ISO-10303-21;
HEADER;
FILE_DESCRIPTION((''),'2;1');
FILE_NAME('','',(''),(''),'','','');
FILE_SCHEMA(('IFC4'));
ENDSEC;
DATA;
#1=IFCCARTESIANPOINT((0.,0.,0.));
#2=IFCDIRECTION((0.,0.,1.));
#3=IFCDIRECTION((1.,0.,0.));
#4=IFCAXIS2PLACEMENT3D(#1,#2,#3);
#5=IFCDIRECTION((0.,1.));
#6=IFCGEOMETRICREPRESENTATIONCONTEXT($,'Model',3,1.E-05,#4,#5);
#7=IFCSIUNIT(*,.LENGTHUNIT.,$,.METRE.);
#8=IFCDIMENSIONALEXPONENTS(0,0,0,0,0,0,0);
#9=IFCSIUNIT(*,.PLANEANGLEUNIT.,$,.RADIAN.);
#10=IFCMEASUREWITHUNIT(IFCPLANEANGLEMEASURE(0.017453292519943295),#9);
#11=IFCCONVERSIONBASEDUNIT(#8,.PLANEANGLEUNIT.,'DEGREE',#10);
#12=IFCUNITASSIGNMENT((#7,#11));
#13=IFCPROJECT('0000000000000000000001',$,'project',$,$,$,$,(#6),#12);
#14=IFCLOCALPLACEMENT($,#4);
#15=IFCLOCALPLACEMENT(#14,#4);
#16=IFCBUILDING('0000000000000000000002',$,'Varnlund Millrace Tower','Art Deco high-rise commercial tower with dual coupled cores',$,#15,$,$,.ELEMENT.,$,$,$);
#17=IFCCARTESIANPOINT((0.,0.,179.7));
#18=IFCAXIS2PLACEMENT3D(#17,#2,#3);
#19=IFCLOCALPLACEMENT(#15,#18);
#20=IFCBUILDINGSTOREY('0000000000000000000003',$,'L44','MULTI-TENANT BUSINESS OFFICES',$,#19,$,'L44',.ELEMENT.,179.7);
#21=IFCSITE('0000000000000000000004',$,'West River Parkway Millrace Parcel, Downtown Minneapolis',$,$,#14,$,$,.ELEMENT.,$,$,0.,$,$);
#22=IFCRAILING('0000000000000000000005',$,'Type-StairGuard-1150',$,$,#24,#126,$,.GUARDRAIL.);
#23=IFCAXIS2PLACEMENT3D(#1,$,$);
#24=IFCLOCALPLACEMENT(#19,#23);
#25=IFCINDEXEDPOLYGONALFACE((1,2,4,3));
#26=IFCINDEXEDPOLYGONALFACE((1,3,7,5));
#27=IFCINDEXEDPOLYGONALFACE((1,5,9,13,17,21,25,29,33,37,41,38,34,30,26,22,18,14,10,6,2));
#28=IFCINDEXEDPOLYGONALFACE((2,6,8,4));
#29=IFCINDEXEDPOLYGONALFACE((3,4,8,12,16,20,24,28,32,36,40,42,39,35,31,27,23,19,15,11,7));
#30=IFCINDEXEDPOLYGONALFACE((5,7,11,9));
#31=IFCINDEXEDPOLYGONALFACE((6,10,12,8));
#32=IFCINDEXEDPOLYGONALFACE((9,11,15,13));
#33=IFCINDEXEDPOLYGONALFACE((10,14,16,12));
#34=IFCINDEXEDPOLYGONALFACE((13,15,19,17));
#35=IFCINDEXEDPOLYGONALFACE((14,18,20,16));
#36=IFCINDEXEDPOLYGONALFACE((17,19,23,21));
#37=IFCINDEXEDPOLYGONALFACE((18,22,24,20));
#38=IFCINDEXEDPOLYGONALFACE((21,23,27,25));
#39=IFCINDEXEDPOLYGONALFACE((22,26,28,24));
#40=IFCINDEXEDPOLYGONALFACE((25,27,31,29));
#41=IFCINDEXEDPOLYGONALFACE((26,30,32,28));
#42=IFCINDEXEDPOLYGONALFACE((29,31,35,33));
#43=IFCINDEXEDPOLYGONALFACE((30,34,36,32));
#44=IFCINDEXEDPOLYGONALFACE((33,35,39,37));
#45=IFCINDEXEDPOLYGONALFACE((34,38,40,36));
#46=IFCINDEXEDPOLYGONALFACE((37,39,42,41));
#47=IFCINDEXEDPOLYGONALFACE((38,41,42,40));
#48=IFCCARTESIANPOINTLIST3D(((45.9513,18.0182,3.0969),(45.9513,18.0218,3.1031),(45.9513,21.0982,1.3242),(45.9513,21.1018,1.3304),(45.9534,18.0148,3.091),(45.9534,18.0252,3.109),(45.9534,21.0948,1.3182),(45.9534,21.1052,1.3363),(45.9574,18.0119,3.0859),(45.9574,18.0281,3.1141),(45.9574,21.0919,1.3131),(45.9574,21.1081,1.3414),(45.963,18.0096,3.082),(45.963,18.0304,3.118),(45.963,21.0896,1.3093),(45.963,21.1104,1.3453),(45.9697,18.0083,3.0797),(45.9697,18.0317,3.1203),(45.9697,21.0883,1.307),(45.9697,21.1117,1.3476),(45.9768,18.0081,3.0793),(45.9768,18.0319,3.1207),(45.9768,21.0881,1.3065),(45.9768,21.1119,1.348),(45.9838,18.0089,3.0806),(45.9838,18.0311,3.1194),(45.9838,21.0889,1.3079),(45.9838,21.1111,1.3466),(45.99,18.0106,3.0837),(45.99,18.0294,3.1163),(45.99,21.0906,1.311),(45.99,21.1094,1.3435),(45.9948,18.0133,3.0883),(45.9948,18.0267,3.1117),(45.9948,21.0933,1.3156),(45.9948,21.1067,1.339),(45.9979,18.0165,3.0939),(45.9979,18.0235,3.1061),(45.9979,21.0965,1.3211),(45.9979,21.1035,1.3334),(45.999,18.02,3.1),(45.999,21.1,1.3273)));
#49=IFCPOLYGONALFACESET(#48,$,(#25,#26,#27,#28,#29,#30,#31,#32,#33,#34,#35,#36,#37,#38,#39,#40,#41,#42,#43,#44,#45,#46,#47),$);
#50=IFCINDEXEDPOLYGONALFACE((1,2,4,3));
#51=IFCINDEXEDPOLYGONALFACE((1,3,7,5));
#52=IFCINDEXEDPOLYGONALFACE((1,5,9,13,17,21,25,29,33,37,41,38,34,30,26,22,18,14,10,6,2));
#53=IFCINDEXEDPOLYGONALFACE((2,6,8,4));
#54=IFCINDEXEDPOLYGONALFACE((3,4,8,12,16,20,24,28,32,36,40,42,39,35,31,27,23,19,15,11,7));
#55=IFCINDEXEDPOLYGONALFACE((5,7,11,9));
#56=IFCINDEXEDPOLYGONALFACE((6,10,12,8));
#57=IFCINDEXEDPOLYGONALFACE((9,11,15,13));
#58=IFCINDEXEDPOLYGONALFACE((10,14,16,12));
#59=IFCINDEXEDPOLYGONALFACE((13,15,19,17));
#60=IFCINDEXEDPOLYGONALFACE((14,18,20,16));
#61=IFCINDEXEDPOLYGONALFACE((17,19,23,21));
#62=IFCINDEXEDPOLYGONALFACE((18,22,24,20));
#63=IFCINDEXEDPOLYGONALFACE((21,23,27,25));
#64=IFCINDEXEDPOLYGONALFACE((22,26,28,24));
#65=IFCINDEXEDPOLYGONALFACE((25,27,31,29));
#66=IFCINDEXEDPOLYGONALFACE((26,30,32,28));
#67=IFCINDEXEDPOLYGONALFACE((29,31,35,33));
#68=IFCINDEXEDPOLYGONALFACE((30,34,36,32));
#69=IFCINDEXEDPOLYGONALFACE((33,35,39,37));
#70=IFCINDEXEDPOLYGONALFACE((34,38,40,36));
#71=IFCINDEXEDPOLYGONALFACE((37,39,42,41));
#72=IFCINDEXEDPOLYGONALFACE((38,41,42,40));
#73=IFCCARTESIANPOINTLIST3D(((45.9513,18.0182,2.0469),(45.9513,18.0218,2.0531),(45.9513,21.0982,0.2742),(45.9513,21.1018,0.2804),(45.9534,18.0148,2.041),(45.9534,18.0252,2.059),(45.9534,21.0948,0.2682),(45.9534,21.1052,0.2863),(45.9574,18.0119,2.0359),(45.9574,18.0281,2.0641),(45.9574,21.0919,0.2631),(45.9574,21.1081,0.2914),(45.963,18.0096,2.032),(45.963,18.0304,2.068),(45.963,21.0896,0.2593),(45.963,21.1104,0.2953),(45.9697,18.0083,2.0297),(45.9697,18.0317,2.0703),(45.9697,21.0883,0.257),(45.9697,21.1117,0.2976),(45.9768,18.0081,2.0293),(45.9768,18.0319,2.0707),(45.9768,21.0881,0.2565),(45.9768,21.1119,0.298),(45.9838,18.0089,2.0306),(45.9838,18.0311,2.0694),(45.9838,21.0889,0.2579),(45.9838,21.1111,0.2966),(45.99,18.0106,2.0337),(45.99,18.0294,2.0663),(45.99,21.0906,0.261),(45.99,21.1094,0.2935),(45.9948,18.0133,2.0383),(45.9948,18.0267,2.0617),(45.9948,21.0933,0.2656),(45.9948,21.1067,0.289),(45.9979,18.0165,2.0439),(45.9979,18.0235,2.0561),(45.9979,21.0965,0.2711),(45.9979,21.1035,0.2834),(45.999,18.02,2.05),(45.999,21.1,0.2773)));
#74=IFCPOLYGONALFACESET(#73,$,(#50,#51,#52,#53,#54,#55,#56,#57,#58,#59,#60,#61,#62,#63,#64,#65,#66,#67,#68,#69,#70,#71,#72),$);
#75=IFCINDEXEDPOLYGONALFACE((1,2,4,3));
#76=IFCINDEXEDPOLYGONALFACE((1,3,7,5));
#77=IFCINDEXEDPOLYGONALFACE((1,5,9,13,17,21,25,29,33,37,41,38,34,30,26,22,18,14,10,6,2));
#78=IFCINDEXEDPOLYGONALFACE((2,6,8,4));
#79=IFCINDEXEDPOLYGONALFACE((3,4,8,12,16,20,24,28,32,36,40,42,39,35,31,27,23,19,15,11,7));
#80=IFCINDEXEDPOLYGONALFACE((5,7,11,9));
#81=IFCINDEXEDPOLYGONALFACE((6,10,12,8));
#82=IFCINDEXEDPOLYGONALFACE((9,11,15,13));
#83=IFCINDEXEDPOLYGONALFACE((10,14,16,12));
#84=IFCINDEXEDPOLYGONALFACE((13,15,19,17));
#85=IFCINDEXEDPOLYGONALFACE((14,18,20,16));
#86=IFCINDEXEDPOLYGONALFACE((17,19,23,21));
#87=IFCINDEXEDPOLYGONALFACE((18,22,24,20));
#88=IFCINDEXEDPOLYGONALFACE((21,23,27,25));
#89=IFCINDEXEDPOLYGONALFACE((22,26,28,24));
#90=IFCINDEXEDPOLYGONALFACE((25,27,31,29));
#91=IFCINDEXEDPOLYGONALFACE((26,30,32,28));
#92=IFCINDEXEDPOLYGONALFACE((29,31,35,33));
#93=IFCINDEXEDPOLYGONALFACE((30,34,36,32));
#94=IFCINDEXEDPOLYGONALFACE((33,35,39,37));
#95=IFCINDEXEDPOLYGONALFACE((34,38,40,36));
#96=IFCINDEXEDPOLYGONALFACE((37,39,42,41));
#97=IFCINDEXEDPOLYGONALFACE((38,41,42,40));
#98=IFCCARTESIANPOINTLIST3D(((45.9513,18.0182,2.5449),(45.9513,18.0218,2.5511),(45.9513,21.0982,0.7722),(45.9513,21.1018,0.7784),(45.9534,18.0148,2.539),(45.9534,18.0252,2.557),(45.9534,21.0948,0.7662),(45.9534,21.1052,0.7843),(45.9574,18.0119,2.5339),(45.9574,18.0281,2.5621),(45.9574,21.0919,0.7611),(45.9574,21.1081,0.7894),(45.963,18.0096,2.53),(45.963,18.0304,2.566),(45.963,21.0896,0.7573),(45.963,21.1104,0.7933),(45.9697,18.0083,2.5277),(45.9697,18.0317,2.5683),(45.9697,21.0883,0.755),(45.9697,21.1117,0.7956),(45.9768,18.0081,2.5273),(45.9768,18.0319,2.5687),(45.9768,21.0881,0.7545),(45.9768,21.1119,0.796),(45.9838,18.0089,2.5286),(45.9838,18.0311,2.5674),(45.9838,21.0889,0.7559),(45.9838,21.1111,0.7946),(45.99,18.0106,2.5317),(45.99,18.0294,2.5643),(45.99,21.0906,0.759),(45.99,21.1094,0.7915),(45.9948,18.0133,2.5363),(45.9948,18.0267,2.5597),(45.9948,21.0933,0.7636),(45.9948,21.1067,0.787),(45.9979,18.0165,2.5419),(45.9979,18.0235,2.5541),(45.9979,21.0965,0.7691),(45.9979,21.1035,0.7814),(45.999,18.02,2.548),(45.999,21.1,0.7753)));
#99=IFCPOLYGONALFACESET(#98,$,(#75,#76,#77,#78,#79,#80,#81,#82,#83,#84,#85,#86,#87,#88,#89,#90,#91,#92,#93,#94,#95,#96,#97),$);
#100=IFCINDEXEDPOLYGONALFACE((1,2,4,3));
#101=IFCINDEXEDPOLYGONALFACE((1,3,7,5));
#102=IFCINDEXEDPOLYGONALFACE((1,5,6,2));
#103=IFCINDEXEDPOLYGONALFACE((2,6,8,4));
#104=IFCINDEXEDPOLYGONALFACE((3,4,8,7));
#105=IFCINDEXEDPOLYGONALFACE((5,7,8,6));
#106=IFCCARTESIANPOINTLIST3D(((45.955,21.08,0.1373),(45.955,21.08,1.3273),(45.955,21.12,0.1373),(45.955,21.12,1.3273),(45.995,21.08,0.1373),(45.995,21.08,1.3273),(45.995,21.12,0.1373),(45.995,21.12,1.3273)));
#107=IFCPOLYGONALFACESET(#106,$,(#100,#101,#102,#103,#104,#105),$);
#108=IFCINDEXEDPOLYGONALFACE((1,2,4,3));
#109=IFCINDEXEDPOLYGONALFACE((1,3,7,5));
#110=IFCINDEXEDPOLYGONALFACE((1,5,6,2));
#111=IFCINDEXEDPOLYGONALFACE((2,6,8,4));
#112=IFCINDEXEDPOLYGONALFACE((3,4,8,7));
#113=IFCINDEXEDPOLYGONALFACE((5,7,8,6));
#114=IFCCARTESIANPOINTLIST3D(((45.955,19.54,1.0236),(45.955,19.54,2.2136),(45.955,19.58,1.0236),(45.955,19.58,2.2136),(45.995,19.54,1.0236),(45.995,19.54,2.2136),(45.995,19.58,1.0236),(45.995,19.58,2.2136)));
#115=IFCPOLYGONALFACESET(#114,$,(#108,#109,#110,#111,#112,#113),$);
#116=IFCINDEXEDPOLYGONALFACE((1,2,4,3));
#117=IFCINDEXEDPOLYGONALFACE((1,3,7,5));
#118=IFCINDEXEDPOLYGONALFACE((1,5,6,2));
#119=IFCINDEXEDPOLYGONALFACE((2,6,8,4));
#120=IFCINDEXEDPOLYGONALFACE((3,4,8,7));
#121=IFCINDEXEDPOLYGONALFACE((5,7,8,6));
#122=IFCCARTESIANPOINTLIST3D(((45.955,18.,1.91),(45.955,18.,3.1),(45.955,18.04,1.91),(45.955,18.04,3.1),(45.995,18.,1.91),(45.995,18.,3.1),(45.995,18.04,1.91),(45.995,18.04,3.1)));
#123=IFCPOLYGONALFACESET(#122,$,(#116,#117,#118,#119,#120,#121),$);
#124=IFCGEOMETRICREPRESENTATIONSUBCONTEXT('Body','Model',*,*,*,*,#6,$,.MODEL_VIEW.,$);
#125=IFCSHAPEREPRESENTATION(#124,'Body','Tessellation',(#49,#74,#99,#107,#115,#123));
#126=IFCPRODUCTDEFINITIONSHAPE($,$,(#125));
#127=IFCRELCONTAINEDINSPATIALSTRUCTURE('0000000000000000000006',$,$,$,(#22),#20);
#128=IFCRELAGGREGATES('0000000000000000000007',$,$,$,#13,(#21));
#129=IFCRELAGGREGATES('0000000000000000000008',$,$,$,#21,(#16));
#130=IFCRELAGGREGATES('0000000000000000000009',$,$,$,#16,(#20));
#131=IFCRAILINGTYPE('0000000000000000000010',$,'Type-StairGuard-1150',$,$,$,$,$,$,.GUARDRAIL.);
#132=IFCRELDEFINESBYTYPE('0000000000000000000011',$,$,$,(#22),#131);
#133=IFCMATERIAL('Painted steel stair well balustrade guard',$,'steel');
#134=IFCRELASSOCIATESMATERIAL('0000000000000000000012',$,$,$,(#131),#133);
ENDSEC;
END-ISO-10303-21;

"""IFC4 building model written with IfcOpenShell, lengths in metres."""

from ifc_helpers import new_model, entity, si_unit, converted_unit, direction, frame, origin_with_axes, origin_2d_with_axis, place, context, subcontext, project, spatial, rectangle, circle, extrude, material, type_object, element, save


model = new_model("IFC4")

# Units and contexts
model_context = context("Model", 3, precision=1e-05, world=origin_with_axes(), true_north=direction((0.0, 1.0)))
body_context = subcontext(model_context, "Body", "Model", "MODEL_VIEW")
ifc_project = project(units=[si_unit("LENGTHUNIT", "METRE"), converted_unit("PLANEANGLEUNIT", "DEGREE", entity("IfcPlaneAngleMeasure", 0.017453292519943295), si_unit("PLANEANGLEUNIT", "RADIAN"), dimensions=[0, 0, 0, 0, 0, 0, 0])], contexts=[model_context])

# Site, building, storey
site_placement = place(None, origin_with_axes())
site = spatial("IfcSite", under=ifc_project, at=site_placement, Name="West River Parkway Millrace Parcel, Downtown Minneapolis", CompositionType="ELEMENT", RefElevation=0.0)
building_placement = place(site_placement, origin_with_axes())
building = spatial("IfcBuilding", under=site, at=building_placement, Name="Varnlund Millrace Tower", Description="Art Deco high-rise commercial tower with dual coupled cores", CompositionType="ELEMENT")
storey_placement = place(building_placement, frame((0.0, 0.0, 179.7), z_axis=(0.0, 0.0, 1.0), x_axis=(1.0, 0.0, 0.0)))
storey = spatial("IfcBuildingStorey", under=building, at=storey_placement, Name="L44", Description="MULTI-TENANT BUSINESS OFFICES", LongName="L44", CompositionType="ELEMENT", Elevation=179.7)

# Railing
ifc_material_1 = material(Name="Painted steel stair well balustrade guard", Category="steel")
railing_type_1 = type_object("IfcRailingType", Name="Type-StairGuard-1150", PredefinedType="GUARDRAIL", material=ifc_material_1)
railing_1_placement = place(storey_placement, frame((0.0, 0.0, -179.7), z_axis=(0.0, 0.0, 1.0), x_axis=(1.0, 0.0, 0.0)))
element("IfcRailing", 1, at=railing_1_placement, inside=storey, type_object=railing_type_1, Name="Type-StairGuard-1150", PredefinedType="GUARDRAIL", context=body_context, shape_type="SweptSolid", body=[
    extrude(circle(Radius=0.024, at=origin_2d_with_axis()), frame((45.975, 21.1, 181.0273), z_axis=(0.0, -0.866696, 0.498836), x_axis=(1.0, 0.0, 0.0)), (0.0, 0.0, 1.0), 3.5537),
    extrude(circle(Radius=0.024, at=origin_2d_with_axis()), frame((45.975, 21.1, 179.9773), z_axis=(0.0, -0.866696, 0.498836), x_axis=(1.0, 0.0, 0.0)), (0.0, 0.0, 1.0), 3.5537),
    extrude(circle(Radius=0.024, at=origin_2d_with_axis()), frame((45.975, 21.1, 180.4753), z_axis=(0.0, -0.866696, 0.498836), x_axis=(1.0, 0.0, 0.0)), (0.0, 0.0, 1.0), 3.5537),
    extrude(rectangle(XDim=0.04, YDim=0.04, at=origin_2d_with_axis()), frame((45.975, 21.1, 179.8373), z_axis=(0.0, 0.0, 1.0), x_axis=(1.0, 0.0, 0.0)), (0.0, 0.0, 1.0), 1.19),
    extrude(rectangle(XDim=0.04, YDim=0.04, at=origin_2d_with_axis()), frame((45.975, 19.56, 180.7236), z_axis=(0.0, 0.0, 1.0), x_axis=(1.0, 0.0, 0.0)), (0.0, 0.0, 1.0), 1.19),
    extrude(rectangle(XDim=0.04, YDim=0.04, at=origin_2d_with_axis()), frame((45.975, 18.02, 181.61), z_axis=(0.0, 0.0, 1.0), x_axis=(1.0, 0.0, 0.0)), (0.0, 0.0, 1.0), 1.19),
])

save(model, "model.ifc")
